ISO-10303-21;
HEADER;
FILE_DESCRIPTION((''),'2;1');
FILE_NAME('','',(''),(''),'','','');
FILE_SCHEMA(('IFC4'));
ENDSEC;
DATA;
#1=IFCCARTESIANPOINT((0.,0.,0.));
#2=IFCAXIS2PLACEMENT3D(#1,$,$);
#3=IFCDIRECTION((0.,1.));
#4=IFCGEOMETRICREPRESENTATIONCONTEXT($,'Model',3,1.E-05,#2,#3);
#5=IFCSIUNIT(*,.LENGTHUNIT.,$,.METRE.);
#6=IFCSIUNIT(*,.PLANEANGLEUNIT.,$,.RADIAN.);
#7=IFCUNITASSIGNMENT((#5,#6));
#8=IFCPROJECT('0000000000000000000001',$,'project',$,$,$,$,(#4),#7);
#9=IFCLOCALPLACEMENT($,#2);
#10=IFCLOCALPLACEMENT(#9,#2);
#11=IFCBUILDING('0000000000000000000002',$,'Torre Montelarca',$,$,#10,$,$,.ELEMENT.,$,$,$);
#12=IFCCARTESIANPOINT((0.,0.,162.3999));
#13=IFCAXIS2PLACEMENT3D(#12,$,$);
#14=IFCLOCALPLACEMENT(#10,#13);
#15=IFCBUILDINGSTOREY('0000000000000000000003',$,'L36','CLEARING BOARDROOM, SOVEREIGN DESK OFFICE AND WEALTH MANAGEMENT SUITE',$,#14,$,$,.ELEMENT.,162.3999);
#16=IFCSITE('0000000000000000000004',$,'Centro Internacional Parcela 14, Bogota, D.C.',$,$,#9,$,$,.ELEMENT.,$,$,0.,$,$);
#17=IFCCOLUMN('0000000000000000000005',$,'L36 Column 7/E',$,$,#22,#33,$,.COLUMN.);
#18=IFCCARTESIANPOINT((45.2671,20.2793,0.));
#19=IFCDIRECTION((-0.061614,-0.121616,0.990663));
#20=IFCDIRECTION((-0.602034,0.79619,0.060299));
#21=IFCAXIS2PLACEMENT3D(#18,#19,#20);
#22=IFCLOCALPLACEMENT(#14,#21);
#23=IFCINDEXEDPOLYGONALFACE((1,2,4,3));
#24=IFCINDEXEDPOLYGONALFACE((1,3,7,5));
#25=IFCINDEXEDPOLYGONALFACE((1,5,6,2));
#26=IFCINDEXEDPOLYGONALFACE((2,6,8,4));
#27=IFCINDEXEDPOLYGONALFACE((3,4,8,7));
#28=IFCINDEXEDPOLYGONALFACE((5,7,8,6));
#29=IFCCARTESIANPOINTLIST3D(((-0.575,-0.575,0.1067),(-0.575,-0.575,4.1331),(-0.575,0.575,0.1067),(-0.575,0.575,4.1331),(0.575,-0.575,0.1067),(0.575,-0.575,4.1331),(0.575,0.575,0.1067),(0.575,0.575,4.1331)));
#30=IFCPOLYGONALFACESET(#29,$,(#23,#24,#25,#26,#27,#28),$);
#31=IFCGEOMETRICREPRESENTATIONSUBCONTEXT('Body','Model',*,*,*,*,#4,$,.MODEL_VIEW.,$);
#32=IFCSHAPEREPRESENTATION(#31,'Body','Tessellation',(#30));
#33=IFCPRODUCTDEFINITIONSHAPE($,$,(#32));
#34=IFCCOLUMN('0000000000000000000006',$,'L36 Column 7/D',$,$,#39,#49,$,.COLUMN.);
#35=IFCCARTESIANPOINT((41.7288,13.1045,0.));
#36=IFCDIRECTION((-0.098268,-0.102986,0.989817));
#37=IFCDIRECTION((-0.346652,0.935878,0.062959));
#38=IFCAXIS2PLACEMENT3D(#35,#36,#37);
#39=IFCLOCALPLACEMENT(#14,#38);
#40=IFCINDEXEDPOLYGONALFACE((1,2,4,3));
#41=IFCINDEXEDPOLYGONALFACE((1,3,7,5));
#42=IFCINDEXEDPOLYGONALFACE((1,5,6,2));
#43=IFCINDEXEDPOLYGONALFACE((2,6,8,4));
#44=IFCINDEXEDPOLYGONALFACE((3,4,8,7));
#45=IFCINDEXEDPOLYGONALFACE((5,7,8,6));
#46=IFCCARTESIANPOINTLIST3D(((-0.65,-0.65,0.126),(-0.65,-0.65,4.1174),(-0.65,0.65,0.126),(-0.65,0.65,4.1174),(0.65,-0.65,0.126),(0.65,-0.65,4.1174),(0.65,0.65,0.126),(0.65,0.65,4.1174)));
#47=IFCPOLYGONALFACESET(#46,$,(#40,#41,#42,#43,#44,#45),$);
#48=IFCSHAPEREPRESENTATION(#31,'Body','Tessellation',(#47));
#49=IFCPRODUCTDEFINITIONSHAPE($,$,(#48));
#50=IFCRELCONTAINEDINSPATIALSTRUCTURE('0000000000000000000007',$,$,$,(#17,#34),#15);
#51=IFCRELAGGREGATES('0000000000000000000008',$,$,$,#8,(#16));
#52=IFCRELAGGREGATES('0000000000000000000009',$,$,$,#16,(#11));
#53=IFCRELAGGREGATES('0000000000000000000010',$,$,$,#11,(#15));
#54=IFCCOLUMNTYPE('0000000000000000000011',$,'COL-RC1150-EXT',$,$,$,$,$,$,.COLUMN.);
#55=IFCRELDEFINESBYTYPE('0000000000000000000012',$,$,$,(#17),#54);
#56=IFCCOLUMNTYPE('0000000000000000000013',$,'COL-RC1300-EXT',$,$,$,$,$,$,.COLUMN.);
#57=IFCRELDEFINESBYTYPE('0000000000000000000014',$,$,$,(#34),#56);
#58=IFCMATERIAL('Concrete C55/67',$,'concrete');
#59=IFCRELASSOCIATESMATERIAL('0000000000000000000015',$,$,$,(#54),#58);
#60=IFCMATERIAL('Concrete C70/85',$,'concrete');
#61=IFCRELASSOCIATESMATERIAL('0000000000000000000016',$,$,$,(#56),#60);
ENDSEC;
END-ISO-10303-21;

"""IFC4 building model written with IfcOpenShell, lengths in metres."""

from ifc_helpers import new_model, si_unit, direction, frame, origin, origin_2d, place, context, subcontext, project, spatial, rectangle, extrude, clip, halfspace, material, material_profile, profile_set, type_object, element, save


model = new_model("IFC4")

# Units and contexts
model_context = context("Model", 3, precision=1e-05, world=origin(), true_north=direction((0.0, 1.0)))
body_context = subcontext(model_context, "Body", "Model", "MODEL_VIEW")
ifc_project = project(units=[si_unit("LENGTHUNIT", "METRE"), si_unit("PLANEANGLEUNIT", "RADIAN")], contexts=[model_context])

# Site, building, storey
site_placement = place(None, origin())
site = spatial("IfcSite", under=ifc_project, at=site_placement, Name="Centro Internacional Parcela 14, Bogota, D.C.", CompositionType="ELEMENT", RefElevation=0.0)
building_placement = place(site_placement, origin())
building = spatial("IfcBuilding", under=site, at=building_placement, Name="Torre Montelarca", CompositionType="ELEMENT")
storey_placement = place(building_placement, frame((0.0, 0.0, 162.3999)))
storey = spatial("IfcBuildingStorey", under=building, at=storey_placement, Name="L36", Description="CLEARING BOARDROOM, SOVEREIGN DESK OFFICE AND WEALTH MANAGEMENT SUITE", CompositionType="ELEMENT", Elevation=162.3999)

# Columns
ifc_material_1 = material(Name="Concrete C55/67", Category="concrete")
ifc_material_profile_1 = material_profile(ifc_material_1, rectangle(XDim=1.1499, YDim=1.1499, at=origin_2d()), Name="RC1150X1150", Category="concrete")
ifc_profile_set_1 = profile_set([ifc_material_profile_1], Name="Concrete C55/67")
column_type_1 = type_object("IfcColumnType", Name="COL-RC1150-EXT", PredefinedType="COLUMN", material=ifc_profile_set_1)
column_1_placement = place(storey_placement, frame((45.2671, 20.2793, 0.0), z_axis=(-0.061614, -0.121616, 0.990663), x_axis=(-0.602034, 0.79619, 0.060299)))
element("IfcColumn", 1, at=column_1_placement, inside=storey, type_object=column_type_1, Name="L36 Column 7/E", PredefinedType="COLUMN", context=body_context, shape_type="Clipping", body=[
    clip(clip(extrude(rectangle(XDim=1.1499, YDim=1.1499, at=origin_2d()), origin(), (0.0, 0.0, 1.0), 4.2397), halfspace(frame((0.0, 0.0, 0.1067), z_axis=(0.0, 0.0, -1.0), x_axis=(1.0, 0.0, 0.0)), False)), halfspace(frame((0.0, 0.0, 4.1331), z_axis=(0.0, 0.0, 1.0), x_axis=(1.0, 0.0, 0.0)), False)),
])
ifc_material_2 = material(Name="Concrete C70/85", Category="concrete")
ifc_material_profile_2 = material_profile(ifc_material_2, rectangle(XDim=1.3, YDim=1.3, at=origin_2d()), Name="RC1300X1300", Category="concrete")
ifc_profile_set_2 = profile_set([ifc_material_profile_2], Name="Concrete C70/85")
column_type_2 = type_object("IfcColumnType", Name="COL-RC1300-EXT", PredefinedType="COLUMN", material=ifc_profile_set_2)
column_2_placement = place(storey_placement, frame((41.7288, 13.1045, 0.0), z_axis=(-0.098268, -0.102986, 0.989817), x_axis=(-0.346652, 0.935878, 0.062959)))
element("IfcColumn", 2, at=column_2_placement, inside=storey, type_object=column_type_2, Name="L36 Column 7/D", PredefinedType="COLUMN", context=body_context, shape_type="Clipping", body=[
    clip(clip(extrude(rectangle(XDim=1.3, YDim=1.3, at=origin_2d()), origin(), (0.0, 0.0, 1.0), 4.2434), halfspace(frame((0.0, 0.0, 0.126), z_axis=(0.0, 0.0, -1.0), x_axis=(1.0, 0.0, 0.0)), False)), halfspace(frame((0.0, 0.0, 4.1174), z_axis=(0.0, 0.0, 1.0), x_axis=(1.0, 0.0, 0.0)), False)),
])

save(model, "model.ifc")
